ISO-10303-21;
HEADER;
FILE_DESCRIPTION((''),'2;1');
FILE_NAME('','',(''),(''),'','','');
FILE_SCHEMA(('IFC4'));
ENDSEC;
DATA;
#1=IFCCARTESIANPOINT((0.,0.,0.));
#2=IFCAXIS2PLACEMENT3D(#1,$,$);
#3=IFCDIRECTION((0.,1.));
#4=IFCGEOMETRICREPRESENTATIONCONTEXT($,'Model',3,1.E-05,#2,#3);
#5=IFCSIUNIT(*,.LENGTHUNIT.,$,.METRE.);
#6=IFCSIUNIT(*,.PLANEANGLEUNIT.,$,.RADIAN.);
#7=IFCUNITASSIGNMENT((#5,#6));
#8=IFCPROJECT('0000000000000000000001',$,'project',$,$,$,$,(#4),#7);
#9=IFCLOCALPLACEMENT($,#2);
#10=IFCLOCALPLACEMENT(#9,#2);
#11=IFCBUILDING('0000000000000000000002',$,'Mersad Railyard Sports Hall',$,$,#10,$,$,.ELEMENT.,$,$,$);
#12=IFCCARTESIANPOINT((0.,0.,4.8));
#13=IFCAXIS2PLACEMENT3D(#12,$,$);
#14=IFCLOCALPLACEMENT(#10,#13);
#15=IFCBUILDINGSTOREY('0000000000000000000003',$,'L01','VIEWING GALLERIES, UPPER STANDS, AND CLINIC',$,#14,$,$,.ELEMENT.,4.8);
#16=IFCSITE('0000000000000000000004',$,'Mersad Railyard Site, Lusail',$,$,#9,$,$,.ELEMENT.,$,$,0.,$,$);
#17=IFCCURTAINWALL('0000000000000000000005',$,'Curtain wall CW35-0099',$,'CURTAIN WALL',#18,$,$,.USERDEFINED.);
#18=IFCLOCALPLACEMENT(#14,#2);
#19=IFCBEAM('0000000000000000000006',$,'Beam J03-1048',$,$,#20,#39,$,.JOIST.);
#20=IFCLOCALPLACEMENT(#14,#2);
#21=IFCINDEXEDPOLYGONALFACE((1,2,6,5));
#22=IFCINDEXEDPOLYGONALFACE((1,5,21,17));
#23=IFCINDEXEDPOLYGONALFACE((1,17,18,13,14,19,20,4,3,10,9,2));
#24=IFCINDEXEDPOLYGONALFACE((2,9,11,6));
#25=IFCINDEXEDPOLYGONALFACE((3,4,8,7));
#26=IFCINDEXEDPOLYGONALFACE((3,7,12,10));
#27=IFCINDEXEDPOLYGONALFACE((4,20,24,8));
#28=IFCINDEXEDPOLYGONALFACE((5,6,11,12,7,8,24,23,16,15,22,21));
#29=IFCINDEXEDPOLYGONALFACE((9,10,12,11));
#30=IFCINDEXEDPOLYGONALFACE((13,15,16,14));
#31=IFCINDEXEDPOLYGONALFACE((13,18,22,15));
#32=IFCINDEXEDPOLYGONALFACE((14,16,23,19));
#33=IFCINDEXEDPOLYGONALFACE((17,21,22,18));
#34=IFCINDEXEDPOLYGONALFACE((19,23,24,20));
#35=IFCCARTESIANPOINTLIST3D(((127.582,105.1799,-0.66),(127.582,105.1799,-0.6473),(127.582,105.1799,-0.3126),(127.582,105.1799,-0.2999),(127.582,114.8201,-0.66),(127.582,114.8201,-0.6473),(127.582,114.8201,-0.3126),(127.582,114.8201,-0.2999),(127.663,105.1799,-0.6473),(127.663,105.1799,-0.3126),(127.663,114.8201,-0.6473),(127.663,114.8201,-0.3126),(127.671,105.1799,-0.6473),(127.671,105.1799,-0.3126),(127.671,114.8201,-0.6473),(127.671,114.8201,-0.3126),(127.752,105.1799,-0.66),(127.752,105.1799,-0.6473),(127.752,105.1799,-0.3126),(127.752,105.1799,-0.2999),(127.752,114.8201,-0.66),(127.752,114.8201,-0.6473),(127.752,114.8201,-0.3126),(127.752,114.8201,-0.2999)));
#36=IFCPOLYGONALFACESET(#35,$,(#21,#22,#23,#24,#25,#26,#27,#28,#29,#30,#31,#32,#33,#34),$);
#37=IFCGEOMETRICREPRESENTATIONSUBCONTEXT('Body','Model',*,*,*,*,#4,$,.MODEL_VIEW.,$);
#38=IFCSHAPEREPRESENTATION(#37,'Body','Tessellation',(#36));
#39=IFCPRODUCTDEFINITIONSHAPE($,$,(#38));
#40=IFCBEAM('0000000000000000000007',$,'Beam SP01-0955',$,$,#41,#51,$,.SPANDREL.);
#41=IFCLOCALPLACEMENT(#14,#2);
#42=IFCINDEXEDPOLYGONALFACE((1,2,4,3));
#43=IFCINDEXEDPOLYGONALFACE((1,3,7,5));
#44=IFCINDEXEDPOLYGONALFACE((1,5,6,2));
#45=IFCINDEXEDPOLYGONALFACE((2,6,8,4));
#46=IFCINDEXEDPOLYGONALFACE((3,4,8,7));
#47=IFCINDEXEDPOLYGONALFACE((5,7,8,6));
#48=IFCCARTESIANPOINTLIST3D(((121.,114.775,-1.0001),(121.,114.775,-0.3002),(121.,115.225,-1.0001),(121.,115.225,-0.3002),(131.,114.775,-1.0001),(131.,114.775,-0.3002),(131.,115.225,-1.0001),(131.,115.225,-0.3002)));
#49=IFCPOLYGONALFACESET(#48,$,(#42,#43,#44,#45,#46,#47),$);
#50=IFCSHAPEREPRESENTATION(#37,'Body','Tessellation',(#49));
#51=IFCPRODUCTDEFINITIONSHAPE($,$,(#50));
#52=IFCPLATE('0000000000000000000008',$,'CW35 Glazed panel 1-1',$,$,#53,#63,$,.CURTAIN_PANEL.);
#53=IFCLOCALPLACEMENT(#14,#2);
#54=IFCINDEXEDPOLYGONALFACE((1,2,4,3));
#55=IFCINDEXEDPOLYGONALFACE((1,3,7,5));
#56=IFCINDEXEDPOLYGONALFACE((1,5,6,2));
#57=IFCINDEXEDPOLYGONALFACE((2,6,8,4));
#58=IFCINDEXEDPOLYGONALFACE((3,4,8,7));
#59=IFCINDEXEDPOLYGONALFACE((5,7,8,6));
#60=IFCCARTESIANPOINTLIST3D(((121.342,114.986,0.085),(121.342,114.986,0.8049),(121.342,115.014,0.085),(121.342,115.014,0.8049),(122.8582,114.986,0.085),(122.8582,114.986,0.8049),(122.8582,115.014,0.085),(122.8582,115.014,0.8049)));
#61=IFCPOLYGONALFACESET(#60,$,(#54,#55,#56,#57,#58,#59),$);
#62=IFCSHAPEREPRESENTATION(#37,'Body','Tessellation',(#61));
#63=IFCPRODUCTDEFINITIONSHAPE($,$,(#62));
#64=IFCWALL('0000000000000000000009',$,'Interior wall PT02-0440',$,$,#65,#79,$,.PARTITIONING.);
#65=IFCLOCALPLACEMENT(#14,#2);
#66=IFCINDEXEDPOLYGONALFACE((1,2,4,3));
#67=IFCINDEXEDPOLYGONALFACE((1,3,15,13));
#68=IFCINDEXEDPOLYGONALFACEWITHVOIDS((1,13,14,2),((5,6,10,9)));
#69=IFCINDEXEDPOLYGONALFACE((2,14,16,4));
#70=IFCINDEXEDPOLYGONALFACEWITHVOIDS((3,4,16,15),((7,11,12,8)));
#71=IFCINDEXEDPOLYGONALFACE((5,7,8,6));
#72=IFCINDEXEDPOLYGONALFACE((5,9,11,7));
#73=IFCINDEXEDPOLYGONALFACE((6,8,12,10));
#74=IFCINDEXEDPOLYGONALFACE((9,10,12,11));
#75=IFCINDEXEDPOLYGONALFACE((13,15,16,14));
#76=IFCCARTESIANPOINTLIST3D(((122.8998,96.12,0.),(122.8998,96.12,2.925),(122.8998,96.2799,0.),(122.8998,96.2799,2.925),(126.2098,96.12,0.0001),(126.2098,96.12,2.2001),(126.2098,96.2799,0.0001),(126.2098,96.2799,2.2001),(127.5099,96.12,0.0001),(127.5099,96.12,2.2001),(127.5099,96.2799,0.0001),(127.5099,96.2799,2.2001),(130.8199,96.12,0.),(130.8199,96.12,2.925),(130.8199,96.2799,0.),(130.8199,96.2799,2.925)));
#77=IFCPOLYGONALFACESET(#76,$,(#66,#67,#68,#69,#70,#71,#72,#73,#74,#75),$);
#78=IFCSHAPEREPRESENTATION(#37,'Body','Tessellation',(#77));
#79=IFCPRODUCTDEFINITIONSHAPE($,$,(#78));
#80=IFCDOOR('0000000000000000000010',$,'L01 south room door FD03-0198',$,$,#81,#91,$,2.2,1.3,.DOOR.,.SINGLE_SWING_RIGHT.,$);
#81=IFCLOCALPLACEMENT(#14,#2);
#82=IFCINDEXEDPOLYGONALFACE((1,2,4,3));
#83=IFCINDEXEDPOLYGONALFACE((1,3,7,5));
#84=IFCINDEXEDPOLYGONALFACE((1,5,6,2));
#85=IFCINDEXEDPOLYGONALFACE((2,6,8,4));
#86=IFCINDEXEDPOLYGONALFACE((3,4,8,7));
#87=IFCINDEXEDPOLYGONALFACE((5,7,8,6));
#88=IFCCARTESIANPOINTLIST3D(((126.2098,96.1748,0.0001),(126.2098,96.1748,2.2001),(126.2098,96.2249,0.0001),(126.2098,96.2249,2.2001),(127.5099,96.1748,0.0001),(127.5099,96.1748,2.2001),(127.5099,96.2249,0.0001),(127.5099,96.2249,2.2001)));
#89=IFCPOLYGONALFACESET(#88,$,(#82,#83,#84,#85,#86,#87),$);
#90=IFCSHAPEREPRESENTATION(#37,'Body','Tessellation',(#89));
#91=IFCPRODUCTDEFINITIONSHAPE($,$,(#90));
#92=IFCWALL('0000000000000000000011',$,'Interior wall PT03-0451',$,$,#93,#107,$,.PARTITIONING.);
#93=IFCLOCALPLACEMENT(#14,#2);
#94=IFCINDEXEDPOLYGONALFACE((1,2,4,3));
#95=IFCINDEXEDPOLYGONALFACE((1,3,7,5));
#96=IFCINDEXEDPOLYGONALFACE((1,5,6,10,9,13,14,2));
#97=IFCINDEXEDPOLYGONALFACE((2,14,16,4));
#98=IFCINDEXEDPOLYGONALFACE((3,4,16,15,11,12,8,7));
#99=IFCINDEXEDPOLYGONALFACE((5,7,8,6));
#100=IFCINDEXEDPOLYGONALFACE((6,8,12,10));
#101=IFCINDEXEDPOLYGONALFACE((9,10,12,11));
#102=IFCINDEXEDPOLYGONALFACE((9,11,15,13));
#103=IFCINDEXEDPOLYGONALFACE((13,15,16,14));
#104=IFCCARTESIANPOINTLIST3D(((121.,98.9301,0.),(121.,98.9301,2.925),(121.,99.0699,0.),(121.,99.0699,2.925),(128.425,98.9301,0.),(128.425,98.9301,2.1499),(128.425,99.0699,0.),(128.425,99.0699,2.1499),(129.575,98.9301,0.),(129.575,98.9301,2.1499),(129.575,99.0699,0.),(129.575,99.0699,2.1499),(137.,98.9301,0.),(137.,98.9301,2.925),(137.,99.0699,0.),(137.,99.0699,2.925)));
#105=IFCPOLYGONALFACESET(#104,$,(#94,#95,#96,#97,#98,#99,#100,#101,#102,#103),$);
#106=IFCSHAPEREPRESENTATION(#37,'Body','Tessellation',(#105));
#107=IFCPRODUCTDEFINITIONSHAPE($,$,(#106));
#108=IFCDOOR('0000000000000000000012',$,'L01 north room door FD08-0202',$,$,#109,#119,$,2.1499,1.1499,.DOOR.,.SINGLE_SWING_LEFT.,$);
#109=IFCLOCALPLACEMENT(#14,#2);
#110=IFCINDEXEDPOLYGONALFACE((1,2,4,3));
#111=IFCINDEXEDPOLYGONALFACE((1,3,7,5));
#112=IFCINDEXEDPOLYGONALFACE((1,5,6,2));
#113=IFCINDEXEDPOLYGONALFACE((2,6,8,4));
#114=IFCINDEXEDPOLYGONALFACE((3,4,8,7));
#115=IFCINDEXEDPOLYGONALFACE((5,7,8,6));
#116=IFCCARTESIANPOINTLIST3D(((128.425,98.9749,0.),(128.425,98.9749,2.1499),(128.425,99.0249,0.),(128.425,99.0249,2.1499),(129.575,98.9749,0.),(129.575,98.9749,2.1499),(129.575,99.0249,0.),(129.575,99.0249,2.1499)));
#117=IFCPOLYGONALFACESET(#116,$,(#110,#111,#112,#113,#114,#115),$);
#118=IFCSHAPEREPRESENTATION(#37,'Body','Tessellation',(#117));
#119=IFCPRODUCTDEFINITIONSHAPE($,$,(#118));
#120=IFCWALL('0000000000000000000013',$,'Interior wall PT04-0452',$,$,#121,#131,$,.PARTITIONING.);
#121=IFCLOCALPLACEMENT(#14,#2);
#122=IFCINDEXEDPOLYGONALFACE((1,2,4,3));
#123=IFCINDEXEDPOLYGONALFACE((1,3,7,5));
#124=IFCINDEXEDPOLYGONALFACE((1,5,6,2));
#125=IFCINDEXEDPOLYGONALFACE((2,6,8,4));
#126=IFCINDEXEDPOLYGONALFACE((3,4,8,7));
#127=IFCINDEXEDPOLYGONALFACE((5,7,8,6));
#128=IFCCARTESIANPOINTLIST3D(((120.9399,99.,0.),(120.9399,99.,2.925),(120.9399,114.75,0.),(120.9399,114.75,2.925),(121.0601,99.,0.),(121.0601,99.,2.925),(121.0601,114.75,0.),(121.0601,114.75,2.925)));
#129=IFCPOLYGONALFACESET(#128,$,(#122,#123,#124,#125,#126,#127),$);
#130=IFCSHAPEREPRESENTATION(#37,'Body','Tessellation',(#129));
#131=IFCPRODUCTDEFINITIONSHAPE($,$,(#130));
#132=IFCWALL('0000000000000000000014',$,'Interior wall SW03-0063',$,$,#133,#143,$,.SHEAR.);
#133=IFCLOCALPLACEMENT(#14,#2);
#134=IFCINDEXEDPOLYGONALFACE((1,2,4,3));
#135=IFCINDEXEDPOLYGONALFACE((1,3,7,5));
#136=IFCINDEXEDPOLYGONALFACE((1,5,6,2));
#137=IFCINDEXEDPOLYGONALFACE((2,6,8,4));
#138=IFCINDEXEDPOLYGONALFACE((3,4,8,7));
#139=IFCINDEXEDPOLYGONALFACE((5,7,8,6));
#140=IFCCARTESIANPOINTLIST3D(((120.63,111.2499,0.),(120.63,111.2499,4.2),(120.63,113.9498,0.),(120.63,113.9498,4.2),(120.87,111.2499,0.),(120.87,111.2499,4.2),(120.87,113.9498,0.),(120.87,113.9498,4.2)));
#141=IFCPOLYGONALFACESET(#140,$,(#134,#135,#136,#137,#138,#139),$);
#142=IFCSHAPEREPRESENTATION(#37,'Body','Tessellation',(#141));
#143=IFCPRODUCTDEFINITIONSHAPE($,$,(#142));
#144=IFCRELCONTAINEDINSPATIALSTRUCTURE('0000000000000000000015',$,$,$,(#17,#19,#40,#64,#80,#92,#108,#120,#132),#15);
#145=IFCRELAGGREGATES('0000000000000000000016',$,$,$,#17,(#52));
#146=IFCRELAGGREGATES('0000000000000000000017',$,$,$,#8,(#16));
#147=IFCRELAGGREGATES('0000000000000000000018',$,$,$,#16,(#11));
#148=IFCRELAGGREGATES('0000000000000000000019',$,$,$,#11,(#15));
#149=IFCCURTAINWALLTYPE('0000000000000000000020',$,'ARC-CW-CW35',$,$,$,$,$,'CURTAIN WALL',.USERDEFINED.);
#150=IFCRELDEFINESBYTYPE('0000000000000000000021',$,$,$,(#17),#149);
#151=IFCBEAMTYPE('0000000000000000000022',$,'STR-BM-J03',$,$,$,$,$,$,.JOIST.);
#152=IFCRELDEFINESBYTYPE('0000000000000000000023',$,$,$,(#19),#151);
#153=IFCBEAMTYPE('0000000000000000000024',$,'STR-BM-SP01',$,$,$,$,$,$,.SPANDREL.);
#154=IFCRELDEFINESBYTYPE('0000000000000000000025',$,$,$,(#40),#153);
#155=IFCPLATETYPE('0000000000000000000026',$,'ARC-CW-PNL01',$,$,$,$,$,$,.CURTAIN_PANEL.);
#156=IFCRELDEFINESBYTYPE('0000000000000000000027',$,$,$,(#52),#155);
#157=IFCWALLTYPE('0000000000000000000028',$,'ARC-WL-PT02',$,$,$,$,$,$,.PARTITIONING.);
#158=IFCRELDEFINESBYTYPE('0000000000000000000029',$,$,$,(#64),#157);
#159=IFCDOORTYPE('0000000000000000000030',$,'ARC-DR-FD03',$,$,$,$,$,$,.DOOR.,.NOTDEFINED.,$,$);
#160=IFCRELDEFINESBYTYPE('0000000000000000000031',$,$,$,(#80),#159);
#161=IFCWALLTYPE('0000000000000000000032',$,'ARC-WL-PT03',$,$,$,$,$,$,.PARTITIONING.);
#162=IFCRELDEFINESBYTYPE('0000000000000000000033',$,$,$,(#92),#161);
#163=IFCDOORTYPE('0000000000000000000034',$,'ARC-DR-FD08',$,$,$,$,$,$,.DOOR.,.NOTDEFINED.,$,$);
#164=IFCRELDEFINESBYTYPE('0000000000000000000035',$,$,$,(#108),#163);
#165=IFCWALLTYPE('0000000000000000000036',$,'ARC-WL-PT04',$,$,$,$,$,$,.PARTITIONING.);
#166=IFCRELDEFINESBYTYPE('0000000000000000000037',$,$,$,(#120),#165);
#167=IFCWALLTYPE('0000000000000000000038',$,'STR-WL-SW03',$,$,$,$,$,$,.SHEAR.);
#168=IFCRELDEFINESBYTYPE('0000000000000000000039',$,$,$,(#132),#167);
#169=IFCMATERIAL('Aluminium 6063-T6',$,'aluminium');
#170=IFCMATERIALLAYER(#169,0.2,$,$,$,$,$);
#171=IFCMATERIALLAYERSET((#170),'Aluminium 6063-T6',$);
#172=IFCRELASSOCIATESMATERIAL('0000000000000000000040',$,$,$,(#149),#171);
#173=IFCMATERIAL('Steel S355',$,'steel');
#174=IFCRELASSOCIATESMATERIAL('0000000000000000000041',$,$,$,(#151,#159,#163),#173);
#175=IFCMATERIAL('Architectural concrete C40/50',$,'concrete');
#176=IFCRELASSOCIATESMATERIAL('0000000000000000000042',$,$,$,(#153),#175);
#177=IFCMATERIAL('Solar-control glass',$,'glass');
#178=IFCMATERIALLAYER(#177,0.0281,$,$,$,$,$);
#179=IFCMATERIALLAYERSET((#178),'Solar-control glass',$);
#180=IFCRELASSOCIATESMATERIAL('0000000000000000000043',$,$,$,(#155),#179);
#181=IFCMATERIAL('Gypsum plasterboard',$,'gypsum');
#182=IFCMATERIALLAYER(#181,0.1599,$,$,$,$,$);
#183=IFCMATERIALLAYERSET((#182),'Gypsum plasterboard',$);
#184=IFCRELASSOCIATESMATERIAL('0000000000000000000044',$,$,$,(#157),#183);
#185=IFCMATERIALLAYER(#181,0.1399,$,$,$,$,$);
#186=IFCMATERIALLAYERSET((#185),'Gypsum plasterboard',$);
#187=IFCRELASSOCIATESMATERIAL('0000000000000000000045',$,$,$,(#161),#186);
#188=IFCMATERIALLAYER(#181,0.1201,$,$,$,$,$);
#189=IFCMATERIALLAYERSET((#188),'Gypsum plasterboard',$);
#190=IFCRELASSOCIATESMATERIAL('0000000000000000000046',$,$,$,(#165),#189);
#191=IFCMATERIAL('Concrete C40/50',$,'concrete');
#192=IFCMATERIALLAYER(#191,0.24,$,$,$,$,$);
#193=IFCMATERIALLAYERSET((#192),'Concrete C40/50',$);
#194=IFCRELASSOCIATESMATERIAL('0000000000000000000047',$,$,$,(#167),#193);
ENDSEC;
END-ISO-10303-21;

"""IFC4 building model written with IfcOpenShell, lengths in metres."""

from ifc_helpers import new_model, si_unit, direction, frame, frame_2d, origin, origin_2d, place, context, subcontext, project, spatial, rectangle, i_section, extrude, material, layer, layer_set, material_profile, profile_set, type_object, element, fill, aggregate, save


model = new_model("IFC4")

# Units and contexts
model_context = context("Model", 3, precision=1e-05, world=origin(), true_north=direction((0.0, 1.0)))
body_context = subcontext(model_context, "Body", "Model", "MODEL_VIEW")
ifc_project = project(units=[si_unit("LENGTHUNIT", "METRE"), si_unit("PLANEANGLEUNIT", "RADIAN")], contexts=[model_context])

# Site, building, storey
site_placement = place(None, origin())
site = spatial("IfcSite", under=ifc_project, at=site_placement, Name="Mersad Railyard Site, Lusail", CompositionType="ELEMENT", RefElevation=0.0)
building_placement = place(site_placement, origin())
building = spatial("IfcBuilding", under=site, at=building_placement, Name="Mersad Railyard Sports Hall", CompositionType="ELEMENT")
storey_placement = place(building_placement, frame((0.0, 0.0, 4.8)))
storey = spatial("IfcBuildingStorey", under=building, at=storey_placement, Name="L01", Description="VIEWING GALLERIES, UPPER STANDS, AND CLINIC", CompositionType="ELEMENT", Elevation=4.8)

# Curtain wall
ifc_material_1 = material(Name="Aluminium 6063-T6", Category="aluminium")
ifc_layer_1 = layer(ifc_material_1, 0.2)
ifc_layer_set_1 = layer_set([ifc_layer_1], Name="Aluminium 6063-T6")
curtain_wall_type = type_object("IfcCurtainWallType", Name="ARC-CW-CW35", ElementType="CURTAIN WALL", PredefinedType="USERDEFINED", material=ifc_layer_set_1)
curtain_wall_placement = place(storey_placement, origin())
curtain_wall = element("IfcCurtainWall", 1, at=curtain_wall_placement, inside=storey, type_object=curtain_wall_type, Name="Curtain wall CW35-0099", ObjectType="CURTAIN WALL", PredefinedType="USERDEFINED")

# Beams
ifc_material_2 = material(Name="Concrete C40/50", Category="concrete")
ifc_material_3 = material(Name="Steel S355", Category="steel")
ifc_material_profile_1 = material_profile(ifc_material_3, i_section(OverallWidth=0.1699, OverallDepth=0.3601, WebThickness=0.0081, FlangeThickness=0.0127, at=origin_2d()), Name="IPE 360")
ifc_profile_set_1 = profile_set([ifc_material_profile_1], Name="Steel S355")
beam_type_1 = type_object("IfcBeamType", Name="STR-BM-J03", PredefinedType="JOIST", material=ifc_profile_set_1)
for number, where, z_axis, x_axis, name in (
    (2, (127.667, 105.1799, -0.48), (0.0, 1.0, 0.0), (-1.0, 0.0, 0.0), "Beam J03-1048"),
):
    element("IfcBeam", number, at=place(storey_placement, frame(where, z_axis=z_axis, x_axis=x_axis)), inside=storey, type_object=beam_type_1, Name=name, PredefinedType="JOIST", context=body_context, shape_type="SweptSolid", body=[
        extrude(i_section(OverallWidth=0.1699, OverallDepth=0.3601, WebThickness=0.0081, FlangeThickness=0.0127, at=origin_2d()), origin(), (0.0, 0.0, 1.0), 9.6401),
    ])
ifc_material_4 = material(Name="Architectural concrete C40/50", Category="concrete")
ifc_material_profile_2 = material_profile(ifc_material_4, rectangle(XDim=0.45, YDim=0.7, at=origin_2d()), Name="RC 450x700")
ifc_profile_set_2 = profile_set([ifc_material_profile_2], Name="Architectural concrete C40/50")
beam_type_2 = type_object("IfcBeamType", Name="STR-BM-SP01", PredefinedType="SPANDREL", material=ifc_profile_set_2)
beam_1_placement = place(storey_placement, frame((121.0, 115.0, -0.6501), z_axis=(1.0, 0.0, 0.0), x_axis=(0.0, 1.0, 0.0)))
element("IfcBeam", 3, at=beam_1_placement, inside=storey, type_object=beam_type_2, Name="Beam SP01-0955", PredefinedType="SPANDREL", context=body_context, shape_type="SweptSolid", body=[
    extrude(rectangle(XDim=0.45, YDim=0.7, at=origin_2d()), origin(), (0.0, 0.0, 1.0), 10.0),
])

# Plate
ifc_material_5 = material(Name="Solar-control glass", Category="glass")
ifc_layer_2 = layer(ifc_material_5, 0.0281)
ifc_layer_set_2 = layer_set([ifc_layer_2], Name="Solar-control glass")
plate_type = type_object("IfcPlateType", Name="ARC-CW-PNL01", PredefinedType="CURTAIN_PANEL", material=ifc_layer_set_2)
plate_placement = place(storey_placement, frame((122.1001, 115.0, 0.085), z_axis=(0.0, 0.0, 1.0), x_axis=(1.0, 0.0, 0.0)))
plate = element("IfcPlate", 4, at=plate_placement, type_object=plate_type, Name="CW35 Glazed panel 1-1", PredefinedType="CURTAIN_PANEL", context=body_context, shape_type="SweptSolid", body=[
    extrude(rectangle(XDim=1.5161, YDim=0.0281, at=origin_2d()), origin(), (0.0, 0.0, 1.0), 0.72),
])
aggregate(curtain_wall, [plate])

# Walls, openings, doors
ifc_material_6 = material(Name="Gypsum plasterboard", Category="gypsum")
ifc_layer_3 = layer(ifc_material_6, 0.1599)
ifc_layer_set_3 = layer_set([ifc_layer_3], Name="Gypsum plasterboard")
wall_type_1 = type_object("IfcWallType", Name="ARC-WL-PT02", PredefinedType="PARTITIONING", material=ifc_layer_set_3)
wall_1_placement = place(storey_placement, frame((122.8999, 96.2, 0.0), z_axis=(0.0, 0.0, 1.0), x_axis=(1.0, 0.0, 0.0)))
wall_1 = element("IfcWall", 5, at=wall_1_placement, inside=storey, type_object=wall_type_1, Name="Interior wall PT02-0440", PredefinedType="PARTITIONING", context=body_context, shape_type="SweptSolid", body=[
    extrude(rectangle(XDim=7.9202, YDim=0.1599, at=frame_2d((3.96, 0.0))), origin(), (0.0, 0.0, 1.0), 2.925),
])
opening_1_placement = place(wall_1_placement, frame((3.3101, 0.0, 0.0)))
opening_1 = element("IfcOpeningElement", 6, at=opening_1_placement, cuts=wall_1, PredefinedType="OPENING", context=body_context, shape_type="SweptSolid", body=[
    extrude(rectangle(XDim=1.3, YDim=2.2, at=frame_2d((0.6499, 1.1001))), frame((0.0, 0.0898, 0.0), z_axis=(0.0, -1.0, 0.0), x_axis=(1.0, 0.0, 0.0)), (0.0, 0.0, 1.0), 0.1799),
])
door_type_1 = type_object("IfcDoorType", Name="ARC-DR-FD03", OperationType="NOTDEFINED", PredefinedType="DOOR", material=ifc_material_3)
door_1_placement = place(opening_1_placement, origin())
door_1 = element("IfcDoor", 7, at=door_1_placement, inside=storey, type_object=door_type_1, Name="L01 south room door FD03-0198", OperationType="SINGLE_SWING_RIGHT", OverallHeight=2.2, OverallWidth=1.3, PredefinedType="DOOR", context=body_context, shape_type="SweptSolid", body=[
    extrude(rectangle(XDim=1.3, YDim=2.2, at=frame_2d((0.6499, 1.1001))), frame((0.0, 0.0249, 0.0), z_axis=(0.0, -1.0, 0.0), x_axis=(1.0, 0.0, 0.0)), (0.0, 0.0, 1.0), 0.05),
])
fill(opening_1, door_1)
ifc_layer_4 = layer(ifc_material_6, 0.1399)
ifc_layer_set_4 = layer_set([ifc_layer_4], Name="Gypsum plasterboard")
wall_type_2 = type_object("IfcWallType", Name="ARC-WL-PT03", PredefinedType="PARTITIONING", material=ifc_layer_set_4)
wall_2_placement = place(storey_placement, frame((121.0, 99.0, 0.0), z_axis=(0.0, 0.0, 1.0), x_axis=(1.0, 0.0, 0.0)))
wall_2 = element("IfcWall", 8, at=wall_2_placement, inside=storey, type_object=wall_type_2, Name="Interior wall PT03-0451", PredefinedType="PARTITIONING", context=body_context, shape_type="SweptSolid", body=[
    extrude(rectangle(XDim=16.0, YDim=0.1399, at=frame_2d((8.0, 0.0))), origin(), (0.0, 0.0, 1.0), 2.925),
])
opening_2_placement = place(wall_2_placement, frame((7.425, 0.0, 0.0)))
opening_2 = element("IfcOpeningElement", 9, at=opening_2_placement, cuts=wall_2, PredefinedType="OPENING", context=body_context, shape_type="SweptSolid", body=[
    extrude(rectangle(XDim=1.1499, YDim=2.1499, at=frame_2d((0.575, 1.075))), frame((0.0, 0.0798, 0.0), z_axis=(0.0, -1.0, 0.0), x_axis=(1.0, 0.0, 0.0)), (0.0, 0.0, 1.0), 0.1599),
])
door_type_2 = type_object("IfcDoorType", Name="ARC-DR-FD08", OperationType="NOTDEFINED", PredefinedType="DOOR", material=ifc_material_3)
door_2_placement = place(opening_2_placement, origin())
door_2 = element("IfcDoor", 10, at=door_2_placement, inside=storey, type_object=door_type_2, Name="L01 north room door FD08-0202", OperationType="SINGLE_SWING_LEFT", OverallHeight=2.1499, OverallWidth=1.1499, PredefinedType="DOOR", context=body_context, shape_type="SweptSolid", body=[
    extrude(rectangle(XDim=1.1499, YDim=2.1499, at=frame_2d((0.575, 1.075))), frame((0.0, 0.0249, 0.0), z_axis=(0.0, -1.0, 0.0), x_axis=(1.0, 0.0, 0.0)), (0.0, 0.0, 1.0), 0.05),
])
fill(opening_2, door_2)

# Walls
ifc_layer_5 = layer(ifc_material_6, 0.1201)
ifc_layer_set_5 = layer_set([ifc_layer_5], Name="Gypsum plasterboard")
wall_type_3 = type_object("IfcWallType", Name="ARC-WL-PT04", PredefinedType="PARTITIONING", material=ifc_layer_set_5)
wall_3_placement = place(storey_placement, frame((121.0, 99.0, 0.0), z_axis=(0.0, 0.0, 1.0), x_axis=(0.0, 1.0, 0.0)))
element("IfcWall", 11, at=wall_3_placement, inside=storey, type_object=wall_type_3, Name="Interior wall PT04-0452", PredefinedType="PARTITIONING", context=body_context, shape_type="SweptSolid", body=[
    extrude(rectangle(XDim=15.75, YDim=0.1201, at=frame_2d((7.875, 0.0))), origin(), (0.0, 0.0, 1.0), 2.925),
])
ifc_layer_6 = layer(ifc_material_2, 0.24)
ifc_layer_set_6 = layer_set([ifc_layer_6], Name="Concrete C40/50")
wall_type_4 = type_object("IfcWallType", Name="STR-WL-SW03", PredefinedType="SHEAR", material=ifc_layer_set_6)
wall_4_placement = place(storey_placement, frame((120.75, 113.95, 0.0), z_axis=(0.0, 0.0, 1.0), x_axis=(0.0, -1.0, 0.0)))
element("IfcWall", 12, at=wall_4_placement, inside=storey, type_object=wall_type_4, Name="Interior wall SW03-0063", PredefinedType="SHEAR", context=body_context, shape_type="SweptSolid", body=[
    extrude(rectangle(XDim=2.7, YDim=0.24, at=frame_2d((1.3501, 0.0))), origin(), (0.0, 0.0, 1.0), 4.2),
])

save(model, "model.ifc")
